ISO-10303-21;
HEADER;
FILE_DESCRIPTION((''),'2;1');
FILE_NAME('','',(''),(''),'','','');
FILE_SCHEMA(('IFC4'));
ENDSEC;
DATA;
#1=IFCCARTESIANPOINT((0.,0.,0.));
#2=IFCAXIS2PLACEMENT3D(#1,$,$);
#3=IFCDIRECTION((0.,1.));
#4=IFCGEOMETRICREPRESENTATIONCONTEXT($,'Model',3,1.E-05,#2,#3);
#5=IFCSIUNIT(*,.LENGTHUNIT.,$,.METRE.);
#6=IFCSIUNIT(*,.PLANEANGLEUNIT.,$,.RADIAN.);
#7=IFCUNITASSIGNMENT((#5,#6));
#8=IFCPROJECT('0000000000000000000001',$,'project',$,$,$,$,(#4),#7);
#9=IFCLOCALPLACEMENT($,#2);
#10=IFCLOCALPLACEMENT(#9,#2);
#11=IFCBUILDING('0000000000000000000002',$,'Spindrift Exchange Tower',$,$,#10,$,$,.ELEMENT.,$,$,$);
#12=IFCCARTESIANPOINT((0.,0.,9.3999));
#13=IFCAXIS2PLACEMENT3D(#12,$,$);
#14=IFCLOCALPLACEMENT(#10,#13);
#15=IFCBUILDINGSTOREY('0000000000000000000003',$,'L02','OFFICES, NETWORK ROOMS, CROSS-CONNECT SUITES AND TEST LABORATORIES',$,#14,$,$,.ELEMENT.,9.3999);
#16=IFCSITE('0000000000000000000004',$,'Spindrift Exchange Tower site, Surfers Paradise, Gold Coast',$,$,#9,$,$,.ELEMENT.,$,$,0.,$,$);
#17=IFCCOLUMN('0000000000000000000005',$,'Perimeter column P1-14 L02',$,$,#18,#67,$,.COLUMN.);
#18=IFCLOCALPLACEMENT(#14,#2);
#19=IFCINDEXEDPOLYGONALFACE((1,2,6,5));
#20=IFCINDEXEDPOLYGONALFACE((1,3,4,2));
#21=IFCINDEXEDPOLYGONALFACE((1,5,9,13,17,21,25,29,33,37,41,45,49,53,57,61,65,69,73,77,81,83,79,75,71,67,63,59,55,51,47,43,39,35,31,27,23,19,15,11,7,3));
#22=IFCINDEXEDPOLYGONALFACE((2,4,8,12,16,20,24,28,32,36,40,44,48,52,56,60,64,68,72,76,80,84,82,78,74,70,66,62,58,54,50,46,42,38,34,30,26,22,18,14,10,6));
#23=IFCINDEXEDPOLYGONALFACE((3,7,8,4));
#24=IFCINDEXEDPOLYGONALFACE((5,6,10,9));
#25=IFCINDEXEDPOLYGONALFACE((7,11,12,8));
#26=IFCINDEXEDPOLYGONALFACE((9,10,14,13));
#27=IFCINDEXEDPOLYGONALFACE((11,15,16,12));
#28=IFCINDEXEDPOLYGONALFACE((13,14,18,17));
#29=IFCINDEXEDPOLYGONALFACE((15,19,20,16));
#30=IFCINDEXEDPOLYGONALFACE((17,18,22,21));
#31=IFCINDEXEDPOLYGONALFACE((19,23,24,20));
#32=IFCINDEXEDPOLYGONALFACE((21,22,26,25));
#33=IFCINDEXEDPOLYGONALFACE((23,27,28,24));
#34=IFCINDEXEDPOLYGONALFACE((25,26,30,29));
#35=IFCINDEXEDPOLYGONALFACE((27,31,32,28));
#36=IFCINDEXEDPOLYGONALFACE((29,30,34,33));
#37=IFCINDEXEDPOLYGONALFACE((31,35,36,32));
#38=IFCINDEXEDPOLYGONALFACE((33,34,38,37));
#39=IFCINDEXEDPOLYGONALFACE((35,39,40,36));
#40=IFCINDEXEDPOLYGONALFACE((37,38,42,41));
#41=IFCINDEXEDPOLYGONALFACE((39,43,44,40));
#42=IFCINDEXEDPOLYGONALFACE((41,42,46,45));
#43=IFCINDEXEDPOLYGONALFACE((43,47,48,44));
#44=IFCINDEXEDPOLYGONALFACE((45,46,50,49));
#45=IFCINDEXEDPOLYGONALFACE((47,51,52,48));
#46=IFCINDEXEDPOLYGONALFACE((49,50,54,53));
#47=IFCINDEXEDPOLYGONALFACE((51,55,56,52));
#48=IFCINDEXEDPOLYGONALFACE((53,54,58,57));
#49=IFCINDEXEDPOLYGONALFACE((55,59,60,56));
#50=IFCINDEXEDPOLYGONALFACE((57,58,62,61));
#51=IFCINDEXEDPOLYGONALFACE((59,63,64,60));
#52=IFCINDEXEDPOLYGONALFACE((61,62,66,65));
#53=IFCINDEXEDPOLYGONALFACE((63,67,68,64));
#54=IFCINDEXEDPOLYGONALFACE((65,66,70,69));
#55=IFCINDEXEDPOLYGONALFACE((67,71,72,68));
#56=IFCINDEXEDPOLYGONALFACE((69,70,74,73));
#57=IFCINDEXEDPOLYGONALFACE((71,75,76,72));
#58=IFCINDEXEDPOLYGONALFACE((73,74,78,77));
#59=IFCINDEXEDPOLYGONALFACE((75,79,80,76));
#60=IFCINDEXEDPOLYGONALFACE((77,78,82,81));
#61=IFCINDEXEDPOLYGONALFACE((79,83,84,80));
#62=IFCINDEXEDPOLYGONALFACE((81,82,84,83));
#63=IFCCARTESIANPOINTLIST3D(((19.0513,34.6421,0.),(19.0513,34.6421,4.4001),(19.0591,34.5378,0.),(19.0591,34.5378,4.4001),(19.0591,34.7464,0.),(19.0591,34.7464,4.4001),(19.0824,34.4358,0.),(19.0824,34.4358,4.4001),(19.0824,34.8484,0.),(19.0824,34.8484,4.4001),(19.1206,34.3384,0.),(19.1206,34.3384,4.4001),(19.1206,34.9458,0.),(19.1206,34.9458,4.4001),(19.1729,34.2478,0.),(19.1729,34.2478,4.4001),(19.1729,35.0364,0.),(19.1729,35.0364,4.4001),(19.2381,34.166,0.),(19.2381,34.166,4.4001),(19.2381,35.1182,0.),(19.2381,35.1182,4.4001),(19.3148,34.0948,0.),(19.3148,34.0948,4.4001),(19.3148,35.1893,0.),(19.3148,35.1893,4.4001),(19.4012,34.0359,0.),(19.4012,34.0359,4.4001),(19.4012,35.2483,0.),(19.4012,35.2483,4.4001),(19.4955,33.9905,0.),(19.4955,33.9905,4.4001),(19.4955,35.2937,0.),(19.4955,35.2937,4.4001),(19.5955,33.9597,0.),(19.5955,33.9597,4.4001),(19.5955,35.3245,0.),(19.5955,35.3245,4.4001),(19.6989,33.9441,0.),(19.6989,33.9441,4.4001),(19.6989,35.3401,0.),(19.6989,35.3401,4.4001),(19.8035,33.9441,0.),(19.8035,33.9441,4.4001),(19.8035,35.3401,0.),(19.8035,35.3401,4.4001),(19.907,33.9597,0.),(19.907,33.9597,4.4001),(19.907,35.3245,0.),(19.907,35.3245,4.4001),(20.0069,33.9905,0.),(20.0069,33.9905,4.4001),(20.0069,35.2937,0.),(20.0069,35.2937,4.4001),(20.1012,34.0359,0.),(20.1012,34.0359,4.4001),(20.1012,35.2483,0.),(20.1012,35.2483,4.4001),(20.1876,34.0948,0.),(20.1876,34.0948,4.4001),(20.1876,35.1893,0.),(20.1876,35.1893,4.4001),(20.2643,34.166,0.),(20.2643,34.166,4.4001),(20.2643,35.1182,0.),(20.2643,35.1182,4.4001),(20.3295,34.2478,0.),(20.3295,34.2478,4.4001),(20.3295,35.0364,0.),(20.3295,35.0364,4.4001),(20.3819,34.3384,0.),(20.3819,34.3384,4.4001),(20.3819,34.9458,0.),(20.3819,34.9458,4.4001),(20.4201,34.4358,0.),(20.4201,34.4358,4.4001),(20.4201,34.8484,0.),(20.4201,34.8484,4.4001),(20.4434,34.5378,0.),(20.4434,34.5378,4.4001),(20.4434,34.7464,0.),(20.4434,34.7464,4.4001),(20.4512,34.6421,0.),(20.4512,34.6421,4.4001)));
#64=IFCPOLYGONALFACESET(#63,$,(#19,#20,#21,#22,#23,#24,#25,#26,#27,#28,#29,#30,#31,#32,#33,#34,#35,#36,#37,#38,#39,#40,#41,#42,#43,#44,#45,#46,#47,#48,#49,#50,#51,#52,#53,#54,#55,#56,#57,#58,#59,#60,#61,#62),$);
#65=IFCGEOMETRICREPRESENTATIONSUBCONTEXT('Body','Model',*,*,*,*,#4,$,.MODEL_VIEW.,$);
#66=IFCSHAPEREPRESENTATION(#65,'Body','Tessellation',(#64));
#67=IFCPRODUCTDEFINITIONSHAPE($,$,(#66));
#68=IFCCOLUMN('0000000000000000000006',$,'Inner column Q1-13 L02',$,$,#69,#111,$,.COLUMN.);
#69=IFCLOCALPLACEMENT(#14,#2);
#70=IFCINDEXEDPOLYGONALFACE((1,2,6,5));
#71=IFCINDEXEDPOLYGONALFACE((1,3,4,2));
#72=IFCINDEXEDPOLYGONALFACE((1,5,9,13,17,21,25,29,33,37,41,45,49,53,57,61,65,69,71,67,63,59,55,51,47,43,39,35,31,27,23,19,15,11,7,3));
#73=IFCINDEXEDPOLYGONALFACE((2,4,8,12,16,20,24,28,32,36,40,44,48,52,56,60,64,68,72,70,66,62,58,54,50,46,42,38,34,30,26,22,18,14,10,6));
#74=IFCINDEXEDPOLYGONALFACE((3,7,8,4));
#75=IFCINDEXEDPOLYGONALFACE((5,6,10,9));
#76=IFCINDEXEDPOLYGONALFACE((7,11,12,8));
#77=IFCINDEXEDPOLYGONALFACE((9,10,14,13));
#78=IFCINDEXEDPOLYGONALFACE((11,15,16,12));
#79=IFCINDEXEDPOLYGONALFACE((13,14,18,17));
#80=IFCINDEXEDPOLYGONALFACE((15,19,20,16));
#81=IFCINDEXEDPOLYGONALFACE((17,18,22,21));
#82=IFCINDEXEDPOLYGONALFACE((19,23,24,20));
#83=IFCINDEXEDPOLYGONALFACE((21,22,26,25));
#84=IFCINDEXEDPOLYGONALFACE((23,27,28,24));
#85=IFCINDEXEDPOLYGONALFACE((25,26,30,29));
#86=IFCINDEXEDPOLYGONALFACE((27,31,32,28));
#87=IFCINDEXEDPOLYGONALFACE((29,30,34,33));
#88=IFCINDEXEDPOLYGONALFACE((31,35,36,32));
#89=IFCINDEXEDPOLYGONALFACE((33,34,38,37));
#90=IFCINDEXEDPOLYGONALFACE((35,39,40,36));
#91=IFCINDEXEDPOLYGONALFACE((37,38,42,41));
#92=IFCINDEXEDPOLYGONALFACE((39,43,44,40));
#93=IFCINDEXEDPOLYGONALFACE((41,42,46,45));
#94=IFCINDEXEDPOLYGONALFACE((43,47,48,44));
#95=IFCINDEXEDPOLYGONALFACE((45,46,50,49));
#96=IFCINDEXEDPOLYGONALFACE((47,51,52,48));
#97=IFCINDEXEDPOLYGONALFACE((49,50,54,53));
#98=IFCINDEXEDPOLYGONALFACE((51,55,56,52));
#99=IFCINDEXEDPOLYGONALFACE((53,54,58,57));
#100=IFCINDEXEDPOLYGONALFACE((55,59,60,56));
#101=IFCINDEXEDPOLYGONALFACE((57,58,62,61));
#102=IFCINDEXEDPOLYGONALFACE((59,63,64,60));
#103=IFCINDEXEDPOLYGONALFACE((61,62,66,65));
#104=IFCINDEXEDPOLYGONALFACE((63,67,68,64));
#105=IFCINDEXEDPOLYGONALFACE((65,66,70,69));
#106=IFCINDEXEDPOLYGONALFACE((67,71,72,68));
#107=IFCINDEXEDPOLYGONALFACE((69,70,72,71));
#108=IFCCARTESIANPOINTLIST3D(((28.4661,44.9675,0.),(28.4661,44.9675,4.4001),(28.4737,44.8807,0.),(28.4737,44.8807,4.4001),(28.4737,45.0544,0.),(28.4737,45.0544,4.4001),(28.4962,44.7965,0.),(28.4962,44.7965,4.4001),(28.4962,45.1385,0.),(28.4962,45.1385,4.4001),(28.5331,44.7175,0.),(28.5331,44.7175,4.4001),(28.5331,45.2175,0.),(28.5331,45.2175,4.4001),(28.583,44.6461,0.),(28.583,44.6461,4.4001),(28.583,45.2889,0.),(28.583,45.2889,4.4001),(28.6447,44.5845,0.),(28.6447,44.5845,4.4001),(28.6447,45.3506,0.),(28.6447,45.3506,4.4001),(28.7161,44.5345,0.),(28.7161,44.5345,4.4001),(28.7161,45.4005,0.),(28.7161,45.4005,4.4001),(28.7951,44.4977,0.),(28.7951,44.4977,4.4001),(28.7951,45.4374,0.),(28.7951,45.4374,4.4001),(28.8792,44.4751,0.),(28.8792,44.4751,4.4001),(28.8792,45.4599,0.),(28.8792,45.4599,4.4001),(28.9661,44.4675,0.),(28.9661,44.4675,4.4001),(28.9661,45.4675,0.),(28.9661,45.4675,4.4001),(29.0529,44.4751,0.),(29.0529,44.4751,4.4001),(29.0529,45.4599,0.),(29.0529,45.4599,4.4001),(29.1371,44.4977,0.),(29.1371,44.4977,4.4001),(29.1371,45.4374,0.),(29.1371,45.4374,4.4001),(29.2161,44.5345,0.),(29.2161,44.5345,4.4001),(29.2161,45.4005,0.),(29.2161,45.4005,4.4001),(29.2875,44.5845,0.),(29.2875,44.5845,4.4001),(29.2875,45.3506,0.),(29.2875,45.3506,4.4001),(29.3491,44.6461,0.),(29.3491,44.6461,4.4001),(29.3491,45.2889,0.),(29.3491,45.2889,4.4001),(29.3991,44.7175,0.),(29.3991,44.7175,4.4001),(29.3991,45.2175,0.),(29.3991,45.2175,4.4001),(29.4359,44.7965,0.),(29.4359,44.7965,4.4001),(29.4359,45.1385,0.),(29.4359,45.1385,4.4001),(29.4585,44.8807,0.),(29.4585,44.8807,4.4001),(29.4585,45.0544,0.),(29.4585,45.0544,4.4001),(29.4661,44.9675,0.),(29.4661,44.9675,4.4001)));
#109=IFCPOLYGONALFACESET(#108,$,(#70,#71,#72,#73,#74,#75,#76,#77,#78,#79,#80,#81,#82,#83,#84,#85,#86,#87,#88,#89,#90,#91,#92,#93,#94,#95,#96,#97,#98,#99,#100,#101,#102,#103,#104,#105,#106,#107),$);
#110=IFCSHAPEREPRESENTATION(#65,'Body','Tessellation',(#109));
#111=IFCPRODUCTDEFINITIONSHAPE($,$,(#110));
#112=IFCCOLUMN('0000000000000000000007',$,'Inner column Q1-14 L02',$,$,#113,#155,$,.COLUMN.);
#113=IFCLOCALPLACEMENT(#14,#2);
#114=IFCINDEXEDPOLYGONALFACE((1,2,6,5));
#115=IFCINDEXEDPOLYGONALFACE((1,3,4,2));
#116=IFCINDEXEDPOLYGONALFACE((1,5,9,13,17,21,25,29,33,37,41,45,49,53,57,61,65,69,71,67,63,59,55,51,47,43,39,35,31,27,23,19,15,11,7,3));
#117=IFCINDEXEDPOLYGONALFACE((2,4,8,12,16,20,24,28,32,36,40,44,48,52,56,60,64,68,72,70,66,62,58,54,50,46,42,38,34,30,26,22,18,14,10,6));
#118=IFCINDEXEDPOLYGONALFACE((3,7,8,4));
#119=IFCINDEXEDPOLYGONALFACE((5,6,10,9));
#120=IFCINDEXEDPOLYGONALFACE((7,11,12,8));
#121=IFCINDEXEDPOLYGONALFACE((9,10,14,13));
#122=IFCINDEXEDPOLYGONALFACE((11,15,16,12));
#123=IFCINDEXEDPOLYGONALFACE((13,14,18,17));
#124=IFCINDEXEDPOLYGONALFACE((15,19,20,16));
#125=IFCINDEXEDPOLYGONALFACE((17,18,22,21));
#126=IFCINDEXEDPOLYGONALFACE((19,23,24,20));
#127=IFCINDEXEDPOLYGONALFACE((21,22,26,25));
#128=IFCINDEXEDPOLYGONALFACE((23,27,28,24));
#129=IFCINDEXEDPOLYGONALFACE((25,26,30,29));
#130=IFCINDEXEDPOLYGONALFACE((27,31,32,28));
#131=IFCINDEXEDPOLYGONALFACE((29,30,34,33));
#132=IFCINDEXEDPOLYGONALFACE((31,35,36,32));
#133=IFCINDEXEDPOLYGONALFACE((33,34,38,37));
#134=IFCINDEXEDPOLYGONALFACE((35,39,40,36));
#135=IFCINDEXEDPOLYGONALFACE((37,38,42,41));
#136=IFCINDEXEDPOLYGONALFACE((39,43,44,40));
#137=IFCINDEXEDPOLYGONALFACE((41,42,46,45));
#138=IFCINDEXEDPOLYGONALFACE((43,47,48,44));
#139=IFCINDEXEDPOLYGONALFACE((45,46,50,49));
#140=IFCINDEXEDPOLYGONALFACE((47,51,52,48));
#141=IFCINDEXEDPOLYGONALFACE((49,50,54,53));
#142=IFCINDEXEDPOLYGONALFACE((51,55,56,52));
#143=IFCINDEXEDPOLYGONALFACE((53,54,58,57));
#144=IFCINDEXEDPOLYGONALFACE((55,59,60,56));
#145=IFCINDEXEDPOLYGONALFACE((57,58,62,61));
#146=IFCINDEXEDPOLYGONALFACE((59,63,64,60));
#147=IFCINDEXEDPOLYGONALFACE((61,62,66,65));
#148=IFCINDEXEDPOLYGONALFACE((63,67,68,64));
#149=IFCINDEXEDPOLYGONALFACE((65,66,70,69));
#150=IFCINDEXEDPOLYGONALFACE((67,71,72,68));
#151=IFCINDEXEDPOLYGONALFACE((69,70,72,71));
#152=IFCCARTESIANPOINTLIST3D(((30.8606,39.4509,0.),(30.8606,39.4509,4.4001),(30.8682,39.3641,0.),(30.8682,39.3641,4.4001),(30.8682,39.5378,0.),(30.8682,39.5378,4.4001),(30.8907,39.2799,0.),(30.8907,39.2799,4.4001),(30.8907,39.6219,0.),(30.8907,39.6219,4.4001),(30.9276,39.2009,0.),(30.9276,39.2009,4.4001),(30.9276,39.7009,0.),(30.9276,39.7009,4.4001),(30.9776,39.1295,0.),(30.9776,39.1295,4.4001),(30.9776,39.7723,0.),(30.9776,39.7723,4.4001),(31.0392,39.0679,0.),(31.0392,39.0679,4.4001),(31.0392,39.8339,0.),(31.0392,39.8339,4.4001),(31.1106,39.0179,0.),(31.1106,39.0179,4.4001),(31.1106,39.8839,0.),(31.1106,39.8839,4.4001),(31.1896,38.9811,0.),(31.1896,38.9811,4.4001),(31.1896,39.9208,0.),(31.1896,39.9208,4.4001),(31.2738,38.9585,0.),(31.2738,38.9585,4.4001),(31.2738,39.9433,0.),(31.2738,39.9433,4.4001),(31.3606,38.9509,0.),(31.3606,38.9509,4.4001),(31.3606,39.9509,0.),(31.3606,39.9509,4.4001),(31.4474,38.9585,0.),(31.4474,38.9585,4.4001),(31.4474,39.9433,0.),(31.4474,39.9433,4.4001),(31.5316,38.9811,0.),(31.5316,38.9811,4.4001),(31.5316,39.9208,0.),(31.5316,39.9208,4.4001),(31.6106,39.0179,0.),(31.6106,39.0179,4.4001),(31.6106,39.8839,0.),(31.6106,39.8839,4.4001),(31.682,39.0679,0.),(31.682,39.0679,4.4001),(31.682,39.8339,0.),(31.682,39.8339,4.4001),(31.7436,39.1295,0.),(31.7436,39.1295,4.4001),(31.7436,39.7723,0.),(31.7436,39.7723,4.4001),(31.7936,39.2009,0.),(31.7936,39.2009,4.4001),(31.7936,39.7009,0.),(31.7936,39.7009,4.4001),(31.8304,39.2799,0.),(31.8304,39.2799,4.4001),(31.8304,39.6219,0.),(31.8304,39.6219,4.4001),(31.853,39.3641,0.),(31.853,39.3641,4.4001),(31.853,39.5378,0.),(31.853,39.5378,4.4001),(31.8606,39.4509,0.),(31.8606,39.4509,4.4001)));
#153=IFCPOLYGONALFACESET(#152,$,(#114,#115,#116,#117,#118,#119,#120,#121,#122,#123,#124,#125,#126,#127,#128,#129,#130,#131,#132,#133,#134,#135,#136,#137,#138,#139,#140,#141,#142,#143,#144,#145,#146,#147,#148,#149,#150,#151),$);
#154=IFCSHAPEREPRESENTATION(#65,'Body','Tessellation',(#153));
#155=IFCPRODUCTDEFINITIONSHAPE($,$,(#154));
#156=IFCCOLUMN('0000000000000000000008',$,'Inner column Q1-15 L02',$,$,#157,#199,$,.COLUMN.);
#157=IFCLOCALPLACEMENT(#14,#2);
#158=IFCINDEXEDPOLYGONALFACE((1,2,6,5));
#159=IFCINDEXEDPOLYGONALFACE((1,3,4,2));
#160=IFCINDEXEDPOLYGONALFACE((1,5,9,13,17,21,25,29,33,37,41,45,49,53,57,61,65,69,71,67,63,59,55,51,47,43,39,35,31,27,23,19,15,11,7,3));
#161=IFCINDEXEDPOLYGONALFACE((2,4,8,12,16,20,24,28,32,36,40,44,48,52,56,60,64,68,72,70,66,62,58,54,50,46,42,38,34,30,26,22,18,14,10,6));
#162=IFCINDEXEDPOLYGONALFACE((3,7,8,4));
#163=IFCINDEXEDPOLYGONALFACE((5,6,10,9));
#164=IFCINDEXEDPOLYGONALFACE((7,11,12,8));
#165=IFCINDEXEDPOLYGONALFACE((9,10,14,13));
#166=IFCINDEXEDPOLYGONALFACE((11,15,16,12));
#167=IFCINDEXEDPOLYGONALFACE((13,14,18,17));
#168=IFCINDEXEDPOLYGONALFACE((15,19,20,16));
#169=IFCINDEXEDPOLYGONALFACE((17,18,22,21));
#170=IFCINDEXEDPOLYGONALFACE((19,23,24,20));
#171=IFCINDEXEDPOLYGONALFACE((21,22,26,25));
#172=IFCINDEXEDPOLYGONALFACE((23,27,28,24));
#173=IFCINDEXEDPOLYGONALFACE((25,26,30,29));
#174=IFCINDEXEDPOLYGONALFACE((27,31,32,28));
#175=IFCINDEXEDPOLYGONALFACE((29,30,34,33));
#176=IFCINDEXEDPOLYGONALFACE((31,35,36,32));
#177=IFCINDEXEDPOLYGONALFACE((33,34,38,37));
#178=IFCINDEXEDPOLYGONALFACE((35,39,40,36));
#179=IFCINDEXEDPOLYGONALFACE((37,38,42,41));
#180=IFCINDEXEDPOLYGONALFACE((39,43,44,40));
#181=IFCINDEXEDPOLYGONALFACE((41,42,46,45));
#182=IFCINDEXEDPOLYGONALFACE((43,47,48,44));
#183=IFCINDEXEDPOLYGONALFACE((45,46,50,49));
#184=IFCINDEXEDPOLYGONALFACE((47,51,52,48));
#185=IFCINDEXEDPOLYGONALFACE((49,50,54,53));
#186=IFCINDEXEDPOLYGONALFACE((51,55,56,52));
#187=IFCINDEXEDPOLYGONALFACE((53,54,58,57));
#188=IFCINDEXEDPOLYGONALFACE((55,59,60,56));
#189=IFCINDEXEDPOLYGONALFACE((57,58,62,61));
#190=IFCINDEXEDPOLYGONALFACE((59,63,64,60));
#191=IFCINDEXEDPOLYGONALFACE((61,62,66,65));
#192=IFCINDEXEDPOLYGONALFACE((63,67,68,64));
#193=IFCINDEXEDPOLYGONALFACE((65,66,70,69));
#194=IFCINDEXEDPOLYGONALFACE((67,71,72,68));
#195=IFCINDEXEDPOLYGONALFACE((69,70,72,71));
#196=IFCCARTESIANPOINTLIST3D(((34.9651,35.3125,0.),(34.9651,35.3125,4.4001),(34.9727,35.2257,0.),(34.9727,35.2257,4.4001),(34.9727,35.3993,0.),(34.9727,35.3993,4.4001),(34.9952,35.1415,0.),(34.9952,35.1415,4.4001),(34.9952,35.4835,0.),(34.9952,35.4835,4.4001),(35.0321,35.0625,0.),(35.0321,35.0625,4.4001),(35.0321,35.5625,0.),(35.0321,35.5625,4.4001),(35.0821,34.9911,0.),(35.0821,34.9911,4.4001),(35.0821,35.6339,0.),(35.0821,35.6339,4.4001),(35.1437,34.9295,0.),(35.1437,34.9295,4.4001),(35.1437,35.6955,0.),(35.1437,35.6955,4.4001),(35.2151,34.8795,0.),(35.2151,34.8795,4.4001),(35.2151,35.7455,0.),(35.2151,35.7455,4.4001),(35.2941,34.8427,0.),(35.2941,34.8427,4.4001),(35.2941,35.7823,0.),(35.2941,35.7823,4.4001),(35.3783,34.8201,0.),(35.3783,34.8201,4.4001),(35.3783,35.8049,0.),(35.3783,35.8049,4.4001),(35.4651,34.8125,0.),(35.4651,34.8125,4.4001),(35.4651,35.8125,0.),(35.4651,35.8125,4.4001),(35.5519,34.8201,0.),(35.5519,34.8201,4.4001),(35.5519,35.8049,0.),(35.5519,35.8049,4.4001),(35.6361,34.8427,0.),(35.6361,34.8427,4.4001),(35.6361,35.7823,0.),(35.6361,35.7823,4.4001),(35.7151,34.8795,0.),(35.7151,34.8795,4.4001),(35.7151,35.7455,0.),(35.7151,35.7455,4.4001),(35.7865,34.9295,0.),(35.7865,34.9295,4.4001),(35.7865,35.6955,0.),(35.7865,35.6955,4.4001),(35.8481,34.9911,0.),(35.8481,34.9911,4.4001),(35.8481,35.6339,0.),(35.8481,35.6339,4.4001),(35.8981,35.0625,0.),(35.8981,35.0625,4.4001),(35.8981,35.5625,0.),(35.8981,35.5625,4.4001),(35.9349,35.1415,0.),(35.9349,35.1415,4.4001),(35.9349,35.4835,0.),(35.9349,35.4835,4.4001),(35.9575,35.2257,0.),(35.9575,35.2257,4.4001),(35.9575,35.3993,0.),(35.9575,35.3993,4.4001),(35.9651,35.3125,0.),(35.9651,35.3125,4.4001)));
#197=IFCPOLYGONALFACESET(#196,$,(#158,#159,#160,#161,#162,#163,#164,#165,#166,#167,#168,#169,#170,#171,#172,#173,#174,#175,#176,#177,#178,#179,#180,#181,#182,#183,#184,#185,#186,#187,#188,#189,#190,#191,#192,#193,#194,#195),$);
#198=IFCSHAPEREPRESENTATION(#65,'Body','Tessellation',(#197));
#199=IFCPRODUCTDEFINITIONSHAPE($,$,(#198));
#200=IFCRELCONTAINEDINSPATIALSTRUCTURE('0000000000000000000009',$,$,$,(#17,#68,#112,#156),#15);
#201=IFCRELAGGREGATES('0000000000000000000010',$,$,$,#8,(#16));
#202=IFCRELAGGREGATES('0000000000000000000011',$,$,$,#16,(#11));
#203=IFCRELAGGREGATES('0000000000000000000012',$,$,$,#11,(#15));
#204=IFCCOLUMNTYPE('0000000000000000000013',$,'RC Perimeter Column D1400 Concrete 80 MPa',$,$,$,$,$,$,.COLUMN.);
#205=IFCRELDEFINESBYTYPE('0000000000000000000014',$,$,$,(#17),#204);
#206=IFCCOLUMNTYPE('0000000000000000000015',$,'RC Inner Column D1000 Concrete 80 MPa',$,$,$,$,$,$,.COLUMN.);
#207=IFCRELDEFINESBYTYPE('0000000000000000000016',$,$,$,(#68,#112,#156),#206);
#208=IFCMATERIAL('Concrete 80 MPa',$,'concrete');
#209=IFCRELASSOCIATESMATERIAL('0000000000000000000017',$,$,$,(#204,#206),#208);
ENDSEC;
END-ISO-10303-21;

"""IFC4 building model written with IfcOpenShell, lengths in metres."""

from ifc_helpers import new_model, si_unit, direction, frame, origin, origin_2d, place, context, subcontext, project, spatial, circle, extrude, source, transform, mapped, material, material_profile, profile_set, type_object, element, save


model = new_model("IFC4")

# Units and contexts
model_context = context("Model", 3, precision=1e-05, world=origin(), true_north=direction((0.0, 1.0)))
body_context = subcontext(model_context, "Body", "Model", "MODEL_VIEW")
ifc_project = project(units=[si_unit("LENGTHUNIT", "METRE"), si_unit("PLANEANGLEUNIT", "RADIAN")], contexts=[model_context])

# Site, building, storey
site_placement = place(None, origin())
site = spatial("IfcSite", under=ifc_project, at=site_placement, Name="Spindrift Exchange Tower site, Surfers Paradise, Gold Coast", CompositionType="ELEMENT", RefElevation=0.0)
building_placement = place(site_placement, origin())
building = spatial("IfcBuilding", under=site, at=building_placement, Name="Spindrift Exchange Tower", CompositionType="ELEMENT")
storey_placement = place(building_placement, frame((0.0, 0.0, 9.3999)))
storey = spatial("IfcBuildingStorey", under=building, at=storey_placement, Name="L02", Description="OFFICES, NETWORK ROOMS, CROSS-CONNECT SUITES AND TEST LABORATORIES", CompositionType="ELEMENT", Elevation=9.3999)

# Columns
ifc_material_1 = material(Name="Concrete 80 MPa", Category="concrete")
ifc_material_profile_1 = material_profile(ifc_material_1, circle(Radius=0.7, at=origin_2d()), Name="RC D1400")
ifc_profile_set_1 = profile_set([ifc_material_profile_1], Name="Concrete 80 MPa")
column_type_1 = type_object("IfcColumnType", Name="RC Perimeter Column D1400 Concrete 80 MPa", PredefinedType="COLUMN", material=ifc_profile_set_1)
shared_shape_1 = source(origin(), body_context, "Body", "SweptSolid", [
    extrude(circle(Radius=0.7, at=origin_2d()), origin(), (0.0, 0.0, 1.0), 4.4001),
])
column_placement = place(storey_placement, frame((19.7512, 34.6421, 0.0), z_axis=(0.0, 0.0, 1.0), x_axis=(1.0, 0.0, 0.0)))
element("IfcColumn", 1, at=column_placement, inside=storey, type_object=column_type_1, Name="Perimeter column P1-14 L02", PredefinedType="COLUMN", context=body_context, shape_type="MappedRepresentation", body=[
    mapped(shared_shape_1, transform((0.0, 0.0, 0.0), scale=1.0)),
])
ifc_material_profile_2 = material_profile(ifc_material_1, circle(Radius=0.5, at=origin_2d()), Name="RC D1000")
ifc_profile_set_2 = profile_set([ifc_material_profile_2], Name="Concrete 80 MPa")
column_type_2 = type_object("IfcColumnType", Name="RC Inner Column D1000 Concrete 80 MPa", PredefinedType="COLUMN", material=ifc_profile_set_2)
shared_shape_2 = source(origin(), body_context, "Body", "SweptSolid", [
    extrude(circle(Radius=0.5, at=origin_2d()), origin(), (0.0, 0.0, 1.0), 4.4001),
])
for number, where, z_axis, x_axis, name in (
    (2, (28.9661, 44.9675, 0.0), (0.0, 0.0, 1.0), (1.0, 0.0, 0.0), "Inner column Q1-13 L02"),
    (3, (31.3606, 39.4509, 0.0), (0.0, 0.0, 1.0), (1.0, 0.0, 0.0), "Inner column Q1-14 L02"),
    (4, (35.4651, 35.3125, 0.0), (0.0, 0.0, 1.0), (1.0, 0.0, 0.0), "Inner column Q1-15 L02"),
):
    element("IfcColumn", number, at=place(storey_placement, frame(where, z_axis=z_axis, x_axis=x_axis)), inside=storey, type_object=column_type_2, Name=name, PredefinedType="COLUMN", context=body_context, shape_type="MappedRepresentation", body=[
        mapped(shared_shape_2, transform((0.0, 0.0, 0.0), scale=1.0)),
    ])

save(model, "model.ifc")
